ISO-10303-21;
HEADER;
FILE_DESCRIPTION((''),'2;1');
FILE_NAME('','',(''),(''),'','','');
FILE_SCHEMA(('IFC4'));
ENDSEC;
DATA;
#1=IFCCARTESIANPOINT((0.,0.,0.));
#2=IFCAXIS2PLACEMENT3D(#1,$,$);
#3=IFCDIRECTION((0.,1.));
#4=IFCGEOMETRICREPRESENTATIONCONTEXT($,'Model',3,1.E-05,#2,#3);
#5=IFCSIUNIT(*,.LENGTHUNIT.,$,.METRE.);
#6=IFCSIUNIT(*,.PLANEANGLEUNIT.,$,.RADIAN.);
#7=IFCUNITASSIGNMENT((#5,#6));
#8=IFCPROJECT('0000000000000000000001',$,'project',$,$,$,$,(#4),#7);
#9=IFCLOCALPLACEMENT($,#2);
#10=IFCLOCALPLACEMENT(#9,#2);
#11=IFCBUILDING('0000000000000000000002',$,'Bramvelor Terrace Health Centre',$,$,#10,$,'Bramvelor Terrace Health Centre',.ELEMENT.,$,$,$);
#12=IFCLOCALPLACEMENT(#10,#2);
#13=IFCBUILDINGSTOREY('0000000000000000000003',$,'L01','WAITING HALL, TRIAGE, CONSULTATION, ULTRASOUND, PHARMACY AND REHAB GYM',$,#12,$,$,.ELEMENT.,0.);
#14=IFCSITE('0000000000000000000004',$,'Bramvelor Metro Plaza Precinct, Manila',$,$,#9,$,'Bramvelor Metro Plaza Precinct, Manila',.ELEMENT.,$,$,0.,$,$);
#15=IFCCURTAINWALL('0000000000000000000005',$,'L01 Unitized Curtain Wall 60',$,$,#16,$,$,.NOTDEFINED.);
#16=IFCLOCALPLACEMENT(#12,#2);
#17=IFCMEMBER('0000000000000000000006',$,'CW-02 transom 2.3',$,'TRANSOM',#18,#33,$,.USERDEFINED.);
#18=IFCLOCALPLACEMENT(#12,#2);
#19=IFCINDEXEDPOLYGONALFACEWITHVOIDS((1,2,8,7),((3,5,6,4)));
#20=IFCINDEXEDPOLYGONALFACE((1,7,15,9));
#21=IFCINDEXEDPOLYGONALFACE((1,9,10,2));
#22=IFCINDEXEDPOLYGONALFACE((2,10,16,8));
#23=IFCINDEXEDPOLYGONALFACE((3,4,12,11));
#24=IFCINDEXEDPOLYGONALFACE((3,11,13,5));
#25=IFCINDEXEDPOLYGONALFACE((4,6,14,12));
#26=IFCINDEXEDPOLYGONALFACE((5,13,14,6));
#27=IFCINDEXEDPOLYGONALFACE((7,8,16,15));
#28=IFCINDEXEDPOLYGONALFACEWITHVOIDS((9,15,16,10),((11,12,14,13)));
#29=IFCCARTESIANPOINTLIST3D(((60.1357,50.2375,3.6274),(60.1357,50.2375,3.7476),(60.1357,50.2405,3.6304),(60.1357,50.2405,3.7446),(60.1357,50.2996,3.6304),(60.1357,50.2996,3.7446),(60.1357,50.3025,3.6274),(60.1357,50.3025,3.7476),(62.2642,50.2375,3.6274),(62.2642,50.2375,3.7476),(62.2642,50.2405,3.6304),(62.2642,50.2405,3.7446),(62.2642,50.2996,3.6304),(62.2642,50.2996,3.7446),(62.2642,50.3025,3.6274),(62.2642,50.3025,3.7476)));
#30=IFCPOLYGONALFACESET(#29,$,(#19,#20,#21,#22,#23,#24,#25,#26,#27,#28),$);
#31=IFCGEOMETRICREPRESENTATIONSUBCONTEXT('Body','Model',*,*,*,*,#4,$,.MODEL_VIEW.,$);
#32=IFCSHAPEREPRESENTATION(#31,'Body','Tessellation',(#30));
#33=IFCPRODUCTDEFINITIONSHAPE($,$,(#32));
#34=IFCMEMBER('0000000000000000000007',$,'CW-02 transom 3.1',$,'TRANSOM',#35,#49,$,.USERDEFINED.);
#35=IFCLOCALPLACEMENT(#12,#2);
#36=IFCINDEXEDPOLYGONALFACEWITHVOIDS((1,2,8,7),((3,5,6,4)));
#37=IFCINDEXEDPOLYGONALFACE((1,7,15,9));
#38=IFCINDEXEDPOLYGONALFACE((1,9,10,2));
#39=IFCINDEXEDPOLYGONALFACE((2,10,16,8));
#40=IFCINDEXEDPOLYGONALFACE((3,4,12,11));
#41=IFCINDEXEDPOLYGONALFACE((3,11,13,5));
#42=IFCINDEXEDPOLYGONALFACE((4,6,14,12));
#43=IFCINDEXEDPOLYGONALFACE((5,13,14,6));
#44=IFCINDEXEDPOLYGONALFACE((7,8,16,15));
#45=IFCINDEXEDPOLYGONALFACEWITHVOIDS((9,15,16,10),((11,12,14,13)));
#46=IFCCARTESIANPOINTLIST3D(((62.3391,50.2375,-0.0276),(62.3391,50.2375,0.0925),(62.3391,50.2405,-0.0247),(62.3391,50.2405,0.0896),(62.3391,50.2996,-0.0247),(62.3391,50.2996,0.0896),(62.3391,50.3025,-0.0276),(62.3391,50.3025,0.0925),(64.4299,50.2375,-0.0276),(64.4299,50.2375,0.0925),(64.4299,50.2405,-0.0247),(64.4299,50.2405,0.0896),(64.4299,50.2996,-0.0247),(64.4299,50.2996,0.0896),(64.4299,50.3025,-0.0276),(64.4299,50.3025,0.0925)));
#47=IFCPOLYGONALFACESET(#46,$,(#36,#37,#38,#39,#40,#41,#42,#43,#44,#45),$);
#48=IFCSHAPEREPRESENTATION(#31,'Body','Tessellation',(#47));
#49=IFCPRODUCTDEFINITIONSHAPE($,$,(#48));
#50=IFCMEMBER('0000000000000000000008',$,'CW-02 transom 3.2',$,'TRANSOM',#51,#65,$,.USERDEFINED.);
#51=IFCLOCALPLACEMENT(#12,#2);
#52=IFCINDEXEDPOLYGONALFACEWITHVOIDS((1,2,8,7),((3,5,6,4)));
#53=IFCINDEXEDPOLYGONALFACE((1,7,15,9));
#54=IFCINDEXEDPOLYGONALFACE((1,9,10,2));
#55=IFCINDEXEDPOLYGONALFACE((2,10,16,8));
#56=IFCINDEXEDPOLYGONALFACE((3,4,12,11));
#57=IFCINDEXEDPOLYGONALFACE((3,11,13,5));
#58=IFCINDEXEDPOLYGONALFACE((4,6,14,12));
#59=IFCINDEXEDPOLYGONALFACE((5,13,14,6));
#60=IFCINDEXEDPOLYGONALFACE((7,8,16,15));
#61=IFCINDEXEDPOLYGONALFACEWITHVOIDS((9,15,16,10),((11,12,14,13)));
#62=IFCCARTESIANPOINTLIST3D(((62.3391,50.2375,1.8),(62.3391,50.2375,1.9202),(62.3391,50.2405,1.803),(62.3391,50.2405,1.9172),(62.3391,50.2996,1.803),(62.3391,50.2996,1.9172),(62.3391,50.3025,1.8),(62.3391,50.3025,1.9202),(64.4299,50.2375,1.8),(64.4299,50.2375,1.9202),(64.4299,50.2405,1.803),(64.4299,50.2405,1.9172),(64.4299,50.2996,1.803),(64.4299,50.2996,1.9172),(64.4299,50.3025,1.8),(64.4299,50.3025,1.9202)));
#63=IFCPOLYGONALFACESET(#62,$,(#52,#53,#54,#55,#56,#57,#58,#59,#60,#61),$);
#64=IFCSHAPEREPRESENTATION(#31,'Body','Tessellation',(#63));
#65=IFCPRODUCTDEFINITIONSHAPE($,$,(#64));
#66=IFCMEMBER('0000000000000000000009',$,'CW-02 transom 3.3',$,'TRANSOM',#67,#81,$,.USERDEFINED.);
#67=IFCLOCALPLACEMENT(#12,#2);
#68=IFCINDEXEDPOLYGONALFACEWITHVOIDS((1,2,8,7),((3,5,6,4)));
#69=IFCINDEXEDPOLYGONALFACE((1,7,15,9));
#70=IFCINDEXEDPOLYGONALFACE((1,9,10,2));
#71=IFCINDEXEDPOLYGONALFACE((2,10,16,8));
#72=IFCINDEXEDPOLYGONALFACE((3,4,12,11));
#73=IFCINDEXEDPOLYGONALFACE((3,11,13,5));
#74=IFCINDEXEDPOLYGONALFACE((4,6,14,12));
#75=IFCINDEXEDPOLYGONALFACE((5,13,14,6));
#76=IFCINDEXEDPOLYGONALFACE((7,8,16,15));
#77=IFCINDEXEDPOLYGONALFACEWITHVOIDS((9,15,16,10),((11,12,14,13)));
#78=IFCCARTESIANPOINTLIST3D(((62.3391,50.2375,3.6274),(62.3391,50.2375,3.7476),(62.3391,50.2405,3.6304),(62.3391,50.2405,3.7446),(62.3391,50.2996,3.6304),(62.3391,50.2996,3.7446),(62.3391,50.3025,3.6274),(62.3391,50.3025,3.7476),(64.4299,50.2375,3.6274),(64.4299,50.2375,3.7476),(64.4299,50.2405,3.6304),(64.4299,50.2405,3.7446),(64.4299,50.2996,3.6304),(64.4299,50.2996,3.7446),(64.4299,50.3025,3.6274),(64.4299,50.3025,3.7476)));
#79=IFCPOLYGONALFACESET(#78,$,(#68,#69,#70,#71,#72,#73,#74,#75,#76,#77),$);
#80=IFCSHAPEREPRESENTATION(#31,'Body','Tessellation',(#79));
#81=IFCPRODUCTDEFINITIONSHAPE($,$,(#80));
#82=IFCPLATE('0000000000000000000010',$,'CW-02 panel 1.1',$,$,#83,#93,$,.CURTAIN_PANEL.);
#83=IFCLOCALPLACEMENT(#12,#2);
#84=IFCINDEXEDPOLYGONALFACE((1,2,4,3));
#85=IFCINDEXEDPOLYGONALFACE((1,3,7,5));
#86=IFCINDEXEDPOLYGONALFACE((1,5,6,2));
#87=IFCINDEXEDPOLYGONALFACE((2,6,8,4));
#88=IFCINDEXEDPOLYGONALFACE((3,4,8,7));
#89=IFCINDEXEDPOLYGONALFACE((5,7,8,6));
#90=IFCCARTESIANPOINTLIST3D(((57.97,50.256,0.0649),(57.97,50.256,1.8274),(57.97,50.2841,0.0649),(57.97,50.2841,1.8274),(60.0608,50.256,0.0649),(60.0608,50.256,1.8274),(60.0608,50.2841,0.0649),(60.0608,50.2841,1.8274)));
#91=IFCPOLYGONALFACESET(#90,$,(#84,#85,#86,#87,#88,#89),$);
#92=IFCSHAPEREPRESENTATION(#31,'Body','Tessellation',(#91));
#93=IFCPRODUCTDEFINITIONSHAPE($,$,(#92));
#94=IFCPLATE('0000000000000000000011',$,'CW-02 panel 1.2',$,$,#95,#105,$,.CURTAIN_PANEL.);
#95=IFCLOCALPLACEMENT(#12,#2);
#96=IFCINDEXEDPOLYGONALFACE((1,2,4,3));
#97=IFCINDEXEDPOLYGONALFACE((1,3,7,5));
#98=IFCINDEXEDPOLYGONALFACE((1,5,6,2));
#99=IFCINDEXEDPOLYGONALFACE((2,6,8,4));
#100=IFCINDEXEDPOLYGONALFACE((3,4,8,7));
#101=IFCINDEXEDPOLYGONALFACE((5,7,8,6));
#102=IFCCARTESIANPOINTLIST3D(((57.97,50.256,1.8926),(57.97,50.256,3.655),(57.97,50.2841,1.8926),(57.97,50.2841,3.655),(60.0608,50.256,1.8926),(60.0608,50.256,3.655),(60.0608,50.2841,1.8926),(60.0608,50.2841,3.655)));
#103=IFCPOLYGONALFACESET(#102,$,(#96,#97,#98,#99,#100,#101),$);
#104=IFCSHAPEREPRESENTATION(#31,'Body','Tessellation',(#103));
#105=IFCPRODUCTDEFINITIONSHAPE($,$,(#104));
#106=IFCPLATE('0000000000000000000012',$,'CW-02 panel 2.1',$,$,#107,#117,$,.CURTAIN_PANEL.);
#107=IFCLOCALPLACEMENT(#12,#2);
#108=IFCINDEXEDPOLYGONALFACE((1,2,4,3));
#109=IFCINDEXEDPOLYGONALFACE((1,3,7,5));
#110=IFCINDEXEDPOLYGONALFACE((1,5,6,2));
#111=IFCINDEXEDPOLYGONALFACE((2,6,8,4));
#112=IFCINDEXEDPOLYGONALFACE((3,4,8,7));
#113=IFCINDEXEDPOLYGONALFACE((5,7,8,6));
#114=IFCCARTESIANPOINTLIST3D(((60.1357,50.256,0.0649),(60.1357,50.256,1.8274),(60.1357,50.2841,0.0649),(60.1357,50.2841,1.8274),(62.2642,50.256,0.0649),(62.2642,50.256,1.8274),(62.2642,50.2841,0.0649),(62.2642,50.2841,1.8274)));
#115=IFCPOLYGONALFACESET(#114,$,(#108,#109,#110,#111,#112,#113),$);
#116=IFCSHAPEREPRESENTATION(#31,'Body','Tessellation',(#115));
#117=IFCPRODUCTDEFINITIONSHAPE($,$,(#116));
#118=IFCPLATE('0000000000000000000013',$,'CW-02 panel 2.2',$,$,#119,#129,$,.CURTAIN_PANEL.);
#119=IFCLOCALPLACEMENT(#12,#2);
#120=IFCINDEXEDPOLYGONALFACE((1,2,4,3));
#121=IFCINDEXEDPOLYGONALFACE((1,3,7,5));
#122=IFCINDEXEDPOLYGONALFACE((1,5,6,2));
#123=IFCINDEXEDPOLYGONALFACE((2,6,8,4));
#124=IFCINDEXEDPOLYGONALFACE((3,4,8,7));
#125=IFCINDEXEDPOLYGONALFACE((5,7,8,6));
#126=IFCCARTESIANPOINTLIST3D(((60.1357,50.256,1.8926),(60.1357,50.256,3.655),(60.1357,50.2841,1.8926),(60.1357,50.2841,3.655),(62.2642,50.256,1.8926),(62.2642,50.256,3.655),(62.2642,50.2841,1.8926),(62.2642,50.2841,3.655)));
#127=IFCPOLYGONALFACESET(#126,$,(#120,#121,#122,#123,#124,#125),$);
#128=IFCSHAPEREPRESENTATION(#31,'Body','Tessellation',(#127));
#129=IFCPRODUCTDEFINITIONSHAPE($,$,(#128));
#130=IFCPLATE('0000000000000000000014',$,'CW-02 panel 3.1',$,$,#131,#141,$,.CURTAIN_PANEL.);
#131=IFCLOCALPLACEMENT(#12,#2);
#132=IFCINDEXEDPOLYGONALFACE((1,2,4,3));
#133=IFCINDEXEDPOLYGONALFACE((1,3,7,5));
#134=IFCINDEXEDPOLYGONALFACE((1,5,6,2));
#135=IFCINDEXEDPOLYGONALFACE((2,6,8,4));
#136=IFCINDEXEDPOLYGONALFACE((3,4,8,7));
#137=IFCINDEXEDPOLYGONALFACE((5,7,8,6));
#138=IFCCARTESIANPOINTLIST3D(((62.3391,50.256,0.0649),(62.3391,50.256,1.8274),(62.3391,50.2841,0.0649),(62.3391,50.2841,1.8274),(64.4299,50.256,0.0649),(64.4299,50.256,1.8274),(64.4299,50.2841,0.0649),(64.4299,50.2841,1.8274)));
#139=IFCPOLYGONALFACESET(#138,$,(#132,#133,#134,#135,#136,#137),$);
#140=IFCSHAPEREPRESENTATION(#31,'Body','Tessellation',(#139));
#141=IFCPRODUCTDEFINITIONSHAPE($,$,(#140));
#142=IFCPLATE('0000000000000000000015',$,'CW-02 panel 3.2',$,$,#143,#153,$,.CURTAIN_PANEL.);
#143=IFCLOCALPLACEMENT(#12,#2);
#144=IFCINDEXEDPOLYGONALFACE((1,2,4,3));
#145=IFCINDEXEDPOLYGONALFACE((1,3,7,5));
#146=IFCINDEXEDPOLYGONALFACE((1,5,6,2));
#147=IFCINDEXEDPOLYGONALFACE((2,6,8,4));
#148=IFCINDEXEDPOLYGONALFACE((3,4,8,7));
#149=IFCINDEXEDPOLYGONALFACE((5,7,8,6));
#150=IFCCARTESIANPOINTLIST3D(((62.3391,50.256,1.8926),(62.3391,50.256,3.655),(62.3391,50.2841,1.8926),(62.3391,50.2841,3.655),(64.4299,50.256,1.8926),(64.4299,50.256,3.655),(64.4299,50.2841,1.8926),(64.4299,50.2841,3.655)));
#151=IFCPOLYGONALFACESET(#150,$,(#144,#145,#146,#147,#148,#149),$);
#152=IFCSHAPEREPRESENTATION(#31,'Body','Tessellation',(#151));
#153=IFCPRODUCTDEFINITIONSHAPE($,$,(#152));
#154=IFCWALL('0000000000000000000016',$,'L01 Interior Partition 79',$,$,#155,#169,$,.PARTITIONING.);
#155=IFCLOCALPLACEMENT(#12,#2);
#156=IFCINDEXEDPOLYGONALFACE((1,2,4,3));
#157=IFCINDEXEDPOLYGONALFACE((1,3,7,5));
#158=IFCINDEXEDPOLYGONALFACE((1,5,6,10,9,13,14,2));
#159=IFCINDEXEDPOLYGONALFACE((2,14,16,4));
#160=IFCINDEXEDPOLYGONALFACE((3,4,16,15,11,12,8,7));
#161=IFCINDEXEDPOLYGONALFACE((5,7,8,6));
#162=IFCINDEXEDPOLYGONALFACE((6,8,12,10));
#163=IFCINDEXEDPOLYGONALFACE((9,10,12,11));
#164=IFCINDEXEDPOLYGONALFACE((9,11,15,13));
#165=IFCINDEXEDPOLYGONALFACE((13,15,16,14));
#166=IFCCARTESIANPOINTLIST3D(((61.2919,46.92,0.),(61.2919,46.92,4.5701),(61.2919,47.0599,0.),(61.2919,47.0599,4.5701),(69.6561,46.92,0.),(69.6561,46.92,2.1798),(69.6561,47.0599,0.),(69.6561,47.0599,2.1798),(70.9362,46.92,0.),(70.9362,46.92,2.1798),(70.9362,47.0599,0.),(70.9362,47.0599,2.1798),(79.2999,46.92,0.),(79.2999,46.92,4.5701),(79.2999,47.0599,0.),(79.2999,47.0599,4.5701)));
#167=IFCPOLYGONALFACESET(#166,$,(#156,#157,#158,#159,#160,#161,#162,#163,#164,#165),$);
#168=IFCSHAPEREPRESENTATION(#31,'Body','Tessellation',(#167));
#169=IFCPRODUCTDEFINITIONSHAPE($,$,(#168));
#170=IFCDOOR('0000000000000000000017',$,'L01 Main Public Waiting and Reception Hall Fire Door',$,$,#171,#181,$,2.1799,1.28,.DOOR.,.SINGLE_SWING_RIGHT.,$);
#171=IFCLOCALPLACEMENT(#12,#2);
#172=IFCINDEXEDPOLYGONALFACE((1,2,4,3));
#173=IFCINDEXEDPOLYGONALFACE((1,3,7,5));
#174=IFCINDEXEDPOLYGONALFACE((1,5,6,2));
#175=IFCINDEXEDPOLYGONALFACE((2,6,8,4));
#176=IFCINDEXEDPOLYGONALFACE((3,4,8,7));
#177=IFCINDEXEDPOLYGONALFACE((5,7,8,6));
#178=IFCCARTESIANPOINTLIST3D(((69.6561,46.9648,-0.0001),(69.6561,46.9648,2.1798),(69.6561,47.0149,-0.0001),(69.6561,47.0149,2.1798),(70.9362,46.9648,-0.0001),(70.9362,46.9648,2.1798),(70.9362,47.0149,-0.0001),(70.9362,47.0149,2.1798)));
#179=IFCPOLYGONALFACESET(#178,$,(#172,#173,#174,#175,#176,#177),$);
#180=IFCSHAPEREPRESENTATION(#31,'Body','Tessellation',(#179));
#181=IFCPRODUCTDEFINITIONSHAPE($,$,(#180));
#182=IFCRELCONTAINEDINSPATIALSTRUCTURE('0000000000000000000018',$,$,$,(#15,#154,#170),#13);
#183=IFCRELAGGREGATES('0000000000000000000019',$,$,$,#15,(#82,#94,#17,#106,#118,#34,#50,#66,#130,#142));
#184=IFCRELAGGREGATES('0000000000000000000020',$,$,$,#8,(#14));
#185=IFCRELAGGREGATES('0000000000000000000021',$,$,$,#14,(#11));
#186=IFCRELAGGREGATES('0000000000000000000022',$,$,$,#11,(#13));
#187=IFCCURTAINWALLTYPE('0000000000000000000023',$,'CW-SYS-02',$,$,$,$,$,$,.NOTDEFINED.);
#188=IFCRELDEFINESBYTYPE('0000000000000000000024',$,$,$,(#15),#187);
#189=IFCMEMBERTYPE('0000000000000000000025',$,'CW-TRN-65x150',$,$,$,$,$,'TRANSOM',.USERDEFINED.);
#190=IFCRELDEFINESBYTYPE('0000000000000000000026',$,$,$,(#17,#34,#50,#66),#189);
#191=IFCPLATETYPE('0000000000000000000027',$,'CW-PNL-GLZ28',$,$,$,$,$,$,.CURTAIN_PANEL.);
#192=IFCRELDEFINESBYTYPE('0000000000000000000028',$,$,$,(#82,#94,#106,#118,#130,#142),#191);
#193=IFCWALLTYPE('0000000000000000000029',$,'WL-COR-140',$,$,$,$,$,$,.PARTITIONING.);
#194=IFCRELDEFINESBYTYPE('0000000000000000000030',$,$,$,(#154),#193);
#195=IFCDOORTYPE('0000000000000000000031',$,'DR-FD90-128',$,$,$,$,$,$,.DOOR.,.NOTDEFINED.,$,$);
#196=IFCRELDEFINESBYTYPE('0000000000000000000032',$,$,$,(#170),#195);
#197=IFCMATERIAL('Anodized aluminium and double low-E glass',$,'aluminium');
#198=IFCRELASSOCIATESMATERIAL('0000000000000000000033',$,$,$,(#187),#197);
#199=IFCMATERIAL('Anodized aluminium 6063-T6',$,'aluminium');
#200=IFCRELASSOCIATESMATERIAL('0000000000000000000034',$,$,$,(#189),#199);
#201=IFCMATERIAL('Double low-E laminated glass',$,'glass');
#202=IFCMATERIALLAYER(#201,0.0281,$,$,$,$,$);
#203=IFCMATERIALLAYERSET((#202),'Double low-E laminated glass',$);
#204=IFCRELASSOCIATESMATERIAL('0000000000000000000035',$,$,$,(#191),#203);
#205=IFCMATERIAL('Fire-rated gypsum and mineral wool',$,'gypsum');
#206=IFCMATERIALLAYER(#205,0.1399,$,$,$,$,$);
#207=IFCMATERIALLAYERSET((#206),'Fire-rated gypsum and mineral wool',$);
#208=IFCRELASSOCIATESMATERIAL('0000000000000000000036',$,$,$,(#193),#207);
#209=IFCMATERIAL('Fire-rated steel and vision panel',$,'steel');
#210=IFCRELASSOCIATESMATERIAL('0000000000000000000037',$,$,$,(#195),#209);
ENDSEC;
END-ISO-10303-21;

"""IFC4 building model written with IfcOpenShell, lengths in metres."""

from ifc_helpers import new_model, si_unit, direction, frame, frame_2d, origin, origin_2d, place, context, subcontext, project, spatial, rectangle, hollow_rectangle, extrude, material, layer, layer_set, material_profile, profile_set, type_object, element, fill, aggregate, save


model = new_model("IFC4")

# Units and contexts
model_context = context("Model", 3, precision=1e-05, world=origin(), true_north=direction((0.0, 1.0)))
body_context = subcontext(model_context, "Body", "Model", "MODEL_VIEW")
ifc_project = project(units=[si_unit("LENGTHUNIT", "METRE"), si_unit("PLANEANGLEUNIT", "RADIAN")], contexts=[model_context])

# Site, building, storey
site_placement = place(None, origin())
site = spatial("IfcSite", under=ifc_project, at=site_placement, Name="Bramvelor Metro Plaza Precinct, Manila", LongName="Bramvelor Metro Plaza Precinct, Manila", CompositionType="ELEMENT", RefElevation=0.0)
building_placement = place(site_placement, origin())
building = spatial("IfcBuilding", under=site, at=building_placement, Name="Bramvelor Terrace Health Centre", LongName="Bramvelor Terrace Health Centre", CompositionType="ELEMENT")
storey_placement = place(building_placement, origin())
storey = spatial("IfcBuildingStorey", under=building, at=storey_placement, Name="L01", Description="WAITING HALL, TRIAGE, CONSULTATION, ULTRASOUND, PHARMACY AND REHAB GYM", CompositionType="ELEMENT", Elevation=0.0)

# Curtain wall, members, plates
ifc_material_1 = material(Name="Anodized aluminium and double low-E glass", Category="aluminium")
curtain_wall_type = type_object("IfcCurtainWallType", Name="CW-SYS-02", PredefinedType="NOTDEFINED", material=ifc_material_1)
curtain_wall_placement = place(storey_placement, origin())
curtain_wall = element("IfcCurtainWall", 1, at=curtain_wall_placement, inside=storey, type_object=curtain_wall_type, Name="L01 Unitized Curtain Wall 60", PredefinedType="NOTDEFINED")
ifc_material_2 = material(Name="Anodized aluminium 6063-T6", Category="aluminium")
ifc_material_profile_1 = material_profile(ifc_material_2, hollow_rectangle(XDim=0.0649, YDim=0.1201, WallThickness=0.0029, at=origin_2d()), Name="ALU-TRN 65x120x3.0")
ifc_profile_set_1 = profile_set([ifc_material_profile_1], Name="Anodized aluminium 6063-T6")
member_type_1 = type_object("IfcMemberType", Name="CW-TRN-65x150", ElementType="TRANSOM", PredefinedType="USERDEFINED", material=ifc_profile_set_1)
member_1_placement = place(storey_placement, frame((60.1357, 50.27, 3.6875), z_axis=(1.0, 0.0, 0.0), x_axis=(0.0, 1.0, 0.0)))
member_1 = element("IfcMember", 2, at=member_1_placement, type_object=member_type_1, Name="CW-02 transom 2.3", ObjectType="TRANSOM", PredefinedType="USERDEFINED", context=body_context, shape_type="SweptSolid", body=[
    extrude(hollow_rectangle(XDim=0.0649, YDim=0.1201, WallThickness=0.0029, at=origin_2d()), origin(), (0.0, 0.0, 1.0), 2.1284),
])
member_2_placement = place(storey_placement, frame((62.3391, 50.27, 0.0325), z_axis=(1.0, 0.0, 0.0), x_axis=(0.0, 1.0, 0.0)))
member_2 = element("IfcMember", 3, at=member_2_placement, type_object=member_type_1, Name="CW-02 transom 3.1", ObjectType="TRANSOM", PredefinedType="USERDEFINED", context=body_context, shape_type="SweptSolid", body=[
    extrude(hollow_rectangle(XDim=0.0649, YDim=0.1201, WallThickness=0.0029, at=origin_2d()), origin(), (0.0, 0.0, 1.0), 2.0908),
])
member_3_placement = place(storey_placement, frame((62.3391, 50.27, 1.8601), z_axis=(1.0, 0.0, 0.0), x_axis=(0.0, 1.0, 0.0)))
member_3 = element("IfcMember", 4, at=member_3_placement, type_object=member_type_1, Name="CW-02 transom 3.2", ObjectType="TRANSOM", PredefinedType="USERDEFINED", context=body_context, shape_type="SweptSolid", body=[
    extrude(hollow_rectangle(XDim=0.0649, YDim=0.1201, WallThickness=0.0029, at=origin_2d()), origin(), (0.0, 0.0, 1.0), 2.0908),
])
member_4_placement = place(storey_placement, frame((62.3391, 50.27, 3.6875), z_axis=(1.0, 0.0, 0.0), x_axis=(0.0, 1.0, 0.0)))
member_4 = element("IfcMember", 5, at=member_4_placement, type_object=member_type_1, Name="CW-02 transom 3.3", ObjectType="TRANSOM", PredefinedType="USERDEFINED", context=body_context, shape_type="SweptSolid", body=[
    extrude(hollow_rectangle(XDim=0.0649, YDim=0.1201, WallThickness=0.0029, at=origin_2d()), origin(), (0.0, 0.0, 1.0), 2.0908),
])
ifc_material_3 = material(Name="Double low-E laminated glass", Category="glass")
ifc_layer_1 = layer(ifc_material_3, 0.0281)
ifc_layer_set_1 = layer_set([ifc_layer_1], Name="Double low-E laminated glass")
plate_type = type_object("IfcPlateType", Name="CW-PNL-GLZ28", PredefinedType="CURTAIN_PANEL", material=ifc_layer_set_1)
plate_1_placement = place(storey_placement, frame((59.0154, 50.27, 0.0649), z_axis=(0.0, 0.0, 1.0), x_axis=(1.0, 0.0, 0.0)))
plate_1 = element("IfcPlate", 6, at=plate_1_placement, type_object=plate_type, Name="CW-02 panel 1.1", PredefinedType="CURTAIN_PANEL", context=body_context, shape_type="SweptSolid", body=[
    extrude(rectangle(XDim=2.0908, YDim=0.0281, at=origin_2d()), origin(), (0.0, 0.0, 1.0), 1.7625),
])
plate_2_placement = place(storey_placement, frame((59.0154, 50.27, 1.8926), z_axis=(0.0, 0.0, 1.0), x_axis=(1.0, 0.0, 0.0)))
plate_2 = element("IfcPlate", 7, at=plate_2_placement, type_object=plate_type, Name="CW-02 panel 1.2", PredefinedType="CURTAIN_PANEL", context=body_context, shape_type="SweptSolid", body=[
    extrude(rectangle(XDim=2.0908, YDim=0.0281, at=origin_2d()), origin(), (0.0, 0.0, 1.0), 1.7625),
])
plate_3_placement = place(storey_placement, frame((61.2, 50.27, 0.0649), z_axis=(0.0, 0.0, 1.0), x_axis=(1.0, 0.0, 0.0)))
plate_3 = element("IfcPlate", 8, at=plate_3_placement, type_object=plate_type, Name="CW-02 panel 2.1", PredefinedType="CURTAIN_PANEL", context=body_context, shape_type="SweptSolid", body=[
    extrude(rectangle(XDim=2.1284, YDim=0.0281, at=origin_2d()), origin(), (0.0, 0.0, 1.0), 1.7625),
])
plate_4_placement = place(storey_placement, frame((61.2, 50.27, 1.8926), z_axis=(0.0, 0.0, 1.0), x_axis=(1.0, 0.0, 0.0)))
plate_4 = element("IfcPlate", 9, at=plate_4_placement, type_object=plate_type, Name="CW-02 panel 2.2", PredefinedType="CURTAIN_PANEL", context=body_context, shape_type="SweptSolid", body=[
    extrude(rectangle(XDim=2.1284, YDim=0.0281, at=origin_2d()), origin(), (0.0, 0.0, 1.0), 1.7625),
])
plate_5_placement = place(storey_placement, frame((63.3845, 50.27, 0.0649), z_axis=(0.0, 0.0, 1.0), x_axis=(1.0, 0.0, 0.0)))
plate_5 = element("IfcPlate", 10, at=plate_5_placement, type_object=plate_type, Name="CW-02 panel 3.1", PredefinedType="CURTAIN_PANEL", context=body_context, shape_type="SweptSolid", body=[
    extrude(rectangle(XDim=2.0908, YDim=0.0281, at=origin_2d()), origin(), (0.0, 0.0, 1.0), 1.7625),
])
plate_6_placement = place(storey_placement, frame((63.3845, 50.27, 1.8926), z_axis=(0.0, 0.0, 1.0), x_axis=(1.0, 0.0, 0.0)))
plate_6 = element("IfcPlate", 11, at=plate_6_placement, type_object=plate_type, Name="CW-02 panel 3.2", PredefinedType="CURTAIN_PANEL", context=body_context, shape_type="SweptSolid", body=[
    extrude(rectangle(XDim=2.0908, YDim=0.0281, at=origin_2d()), origin(), (0.0, 0.0, 1.0), 1.7625),
])
aggregate(curtain_wall, [plate_1, plate_2, member_1, plate_3, plate_4, member_2, member_3, member_4, plate_5, plate_6])

# Wall, opening, door
ifc_material_4 = material(Name="Fire-rated gypsum and mineral wool", Category="gypsum")
ifc_layer_2 = layer(ifc_material_4, 0.1399)
ifc_layer_set_2 = layer_set([ifc_layer_2], Name="Fire-rated gypsum and mineral wool")
wall_type = type_object("IfcWallType", Name="WL-COR-140", PredefinedType="PARTITIONING", material=ifc_layer_set_2)
wall_placement = place(storey_placement, frame((61.292, 46.99, 0.0), z_axis=(0.0, 0.0, 1.0), x_axis=(1.0, 0.0, 0.0)))
wall = element("IfcWall", 12, at=wall_placement, inside=storey, type_object=wall_type, Name="L01 Interior Partition 79", PredefinedType="PARTITIONING", context=body_context, shape_type="SweptSolid", body=[
    extrude(rectangle(XDim=18.0081, YDim=0.1399, at=frame_2d((9.0039, 0.0))), origin(), (0.0, 0.0, 1.0), 4.5701),
])
opening_placement = place(wall_placement, frame((8.364, 0.0, 0.0)))
opening = element("IfcOpeningElement", 13, at=opening_placement, cuts=wall, PredefinedType="OPENING", context=body_context, shape_type="SweptSolid", body=[
    extrude(rectangle(XDim=1.28, YDim=2.1799, at=frame_2d((0.6401, 1.0898))), frame((0.0, 0.0798, 0.0), z_axis=(0.0, -1.0, 0.0), x_axis=(1.0, 0.0, 0.0)), (0.0, 0.0, 1.0), 0.1599),
])
ifc_material_5 = material(Name="Fire-rated steel and vision panel", Category="steel")
door_type = type_object("IfcDoorType", Name="DR-FD90-128", OperationType="NOTDEFINED", PredefinedType="DOOR", material=ifc_material_5)
door_placement = place(opening_placement, origin())
door = element("IfcDoor", 14, at=door_placement, inside=storey, type_object=door_type, Name="L01 Main Public Waiting and Reception Hall Fire Door", OperationType="SINGLE_SWING_RIGHT", OverallHeight=2.1799, OverallWidth=1.28, PredefinedType="DOOR", context=body_context, shape_type="SweptSolid", body=[
    extrude(rectangle(XDim=1.28, YDim=2.1799, at=frame_2d((0.6401, 1.0898))), frame((0.0, 0.0249, 0.0), z_axis=(0.0, -1.0, 0.0), x_axis=(1.0, 0.0, 0.0)), (0.0, 0.0, 1.0), 0.05),
])
fill(opening, door)

save(model, "model.ifc")
